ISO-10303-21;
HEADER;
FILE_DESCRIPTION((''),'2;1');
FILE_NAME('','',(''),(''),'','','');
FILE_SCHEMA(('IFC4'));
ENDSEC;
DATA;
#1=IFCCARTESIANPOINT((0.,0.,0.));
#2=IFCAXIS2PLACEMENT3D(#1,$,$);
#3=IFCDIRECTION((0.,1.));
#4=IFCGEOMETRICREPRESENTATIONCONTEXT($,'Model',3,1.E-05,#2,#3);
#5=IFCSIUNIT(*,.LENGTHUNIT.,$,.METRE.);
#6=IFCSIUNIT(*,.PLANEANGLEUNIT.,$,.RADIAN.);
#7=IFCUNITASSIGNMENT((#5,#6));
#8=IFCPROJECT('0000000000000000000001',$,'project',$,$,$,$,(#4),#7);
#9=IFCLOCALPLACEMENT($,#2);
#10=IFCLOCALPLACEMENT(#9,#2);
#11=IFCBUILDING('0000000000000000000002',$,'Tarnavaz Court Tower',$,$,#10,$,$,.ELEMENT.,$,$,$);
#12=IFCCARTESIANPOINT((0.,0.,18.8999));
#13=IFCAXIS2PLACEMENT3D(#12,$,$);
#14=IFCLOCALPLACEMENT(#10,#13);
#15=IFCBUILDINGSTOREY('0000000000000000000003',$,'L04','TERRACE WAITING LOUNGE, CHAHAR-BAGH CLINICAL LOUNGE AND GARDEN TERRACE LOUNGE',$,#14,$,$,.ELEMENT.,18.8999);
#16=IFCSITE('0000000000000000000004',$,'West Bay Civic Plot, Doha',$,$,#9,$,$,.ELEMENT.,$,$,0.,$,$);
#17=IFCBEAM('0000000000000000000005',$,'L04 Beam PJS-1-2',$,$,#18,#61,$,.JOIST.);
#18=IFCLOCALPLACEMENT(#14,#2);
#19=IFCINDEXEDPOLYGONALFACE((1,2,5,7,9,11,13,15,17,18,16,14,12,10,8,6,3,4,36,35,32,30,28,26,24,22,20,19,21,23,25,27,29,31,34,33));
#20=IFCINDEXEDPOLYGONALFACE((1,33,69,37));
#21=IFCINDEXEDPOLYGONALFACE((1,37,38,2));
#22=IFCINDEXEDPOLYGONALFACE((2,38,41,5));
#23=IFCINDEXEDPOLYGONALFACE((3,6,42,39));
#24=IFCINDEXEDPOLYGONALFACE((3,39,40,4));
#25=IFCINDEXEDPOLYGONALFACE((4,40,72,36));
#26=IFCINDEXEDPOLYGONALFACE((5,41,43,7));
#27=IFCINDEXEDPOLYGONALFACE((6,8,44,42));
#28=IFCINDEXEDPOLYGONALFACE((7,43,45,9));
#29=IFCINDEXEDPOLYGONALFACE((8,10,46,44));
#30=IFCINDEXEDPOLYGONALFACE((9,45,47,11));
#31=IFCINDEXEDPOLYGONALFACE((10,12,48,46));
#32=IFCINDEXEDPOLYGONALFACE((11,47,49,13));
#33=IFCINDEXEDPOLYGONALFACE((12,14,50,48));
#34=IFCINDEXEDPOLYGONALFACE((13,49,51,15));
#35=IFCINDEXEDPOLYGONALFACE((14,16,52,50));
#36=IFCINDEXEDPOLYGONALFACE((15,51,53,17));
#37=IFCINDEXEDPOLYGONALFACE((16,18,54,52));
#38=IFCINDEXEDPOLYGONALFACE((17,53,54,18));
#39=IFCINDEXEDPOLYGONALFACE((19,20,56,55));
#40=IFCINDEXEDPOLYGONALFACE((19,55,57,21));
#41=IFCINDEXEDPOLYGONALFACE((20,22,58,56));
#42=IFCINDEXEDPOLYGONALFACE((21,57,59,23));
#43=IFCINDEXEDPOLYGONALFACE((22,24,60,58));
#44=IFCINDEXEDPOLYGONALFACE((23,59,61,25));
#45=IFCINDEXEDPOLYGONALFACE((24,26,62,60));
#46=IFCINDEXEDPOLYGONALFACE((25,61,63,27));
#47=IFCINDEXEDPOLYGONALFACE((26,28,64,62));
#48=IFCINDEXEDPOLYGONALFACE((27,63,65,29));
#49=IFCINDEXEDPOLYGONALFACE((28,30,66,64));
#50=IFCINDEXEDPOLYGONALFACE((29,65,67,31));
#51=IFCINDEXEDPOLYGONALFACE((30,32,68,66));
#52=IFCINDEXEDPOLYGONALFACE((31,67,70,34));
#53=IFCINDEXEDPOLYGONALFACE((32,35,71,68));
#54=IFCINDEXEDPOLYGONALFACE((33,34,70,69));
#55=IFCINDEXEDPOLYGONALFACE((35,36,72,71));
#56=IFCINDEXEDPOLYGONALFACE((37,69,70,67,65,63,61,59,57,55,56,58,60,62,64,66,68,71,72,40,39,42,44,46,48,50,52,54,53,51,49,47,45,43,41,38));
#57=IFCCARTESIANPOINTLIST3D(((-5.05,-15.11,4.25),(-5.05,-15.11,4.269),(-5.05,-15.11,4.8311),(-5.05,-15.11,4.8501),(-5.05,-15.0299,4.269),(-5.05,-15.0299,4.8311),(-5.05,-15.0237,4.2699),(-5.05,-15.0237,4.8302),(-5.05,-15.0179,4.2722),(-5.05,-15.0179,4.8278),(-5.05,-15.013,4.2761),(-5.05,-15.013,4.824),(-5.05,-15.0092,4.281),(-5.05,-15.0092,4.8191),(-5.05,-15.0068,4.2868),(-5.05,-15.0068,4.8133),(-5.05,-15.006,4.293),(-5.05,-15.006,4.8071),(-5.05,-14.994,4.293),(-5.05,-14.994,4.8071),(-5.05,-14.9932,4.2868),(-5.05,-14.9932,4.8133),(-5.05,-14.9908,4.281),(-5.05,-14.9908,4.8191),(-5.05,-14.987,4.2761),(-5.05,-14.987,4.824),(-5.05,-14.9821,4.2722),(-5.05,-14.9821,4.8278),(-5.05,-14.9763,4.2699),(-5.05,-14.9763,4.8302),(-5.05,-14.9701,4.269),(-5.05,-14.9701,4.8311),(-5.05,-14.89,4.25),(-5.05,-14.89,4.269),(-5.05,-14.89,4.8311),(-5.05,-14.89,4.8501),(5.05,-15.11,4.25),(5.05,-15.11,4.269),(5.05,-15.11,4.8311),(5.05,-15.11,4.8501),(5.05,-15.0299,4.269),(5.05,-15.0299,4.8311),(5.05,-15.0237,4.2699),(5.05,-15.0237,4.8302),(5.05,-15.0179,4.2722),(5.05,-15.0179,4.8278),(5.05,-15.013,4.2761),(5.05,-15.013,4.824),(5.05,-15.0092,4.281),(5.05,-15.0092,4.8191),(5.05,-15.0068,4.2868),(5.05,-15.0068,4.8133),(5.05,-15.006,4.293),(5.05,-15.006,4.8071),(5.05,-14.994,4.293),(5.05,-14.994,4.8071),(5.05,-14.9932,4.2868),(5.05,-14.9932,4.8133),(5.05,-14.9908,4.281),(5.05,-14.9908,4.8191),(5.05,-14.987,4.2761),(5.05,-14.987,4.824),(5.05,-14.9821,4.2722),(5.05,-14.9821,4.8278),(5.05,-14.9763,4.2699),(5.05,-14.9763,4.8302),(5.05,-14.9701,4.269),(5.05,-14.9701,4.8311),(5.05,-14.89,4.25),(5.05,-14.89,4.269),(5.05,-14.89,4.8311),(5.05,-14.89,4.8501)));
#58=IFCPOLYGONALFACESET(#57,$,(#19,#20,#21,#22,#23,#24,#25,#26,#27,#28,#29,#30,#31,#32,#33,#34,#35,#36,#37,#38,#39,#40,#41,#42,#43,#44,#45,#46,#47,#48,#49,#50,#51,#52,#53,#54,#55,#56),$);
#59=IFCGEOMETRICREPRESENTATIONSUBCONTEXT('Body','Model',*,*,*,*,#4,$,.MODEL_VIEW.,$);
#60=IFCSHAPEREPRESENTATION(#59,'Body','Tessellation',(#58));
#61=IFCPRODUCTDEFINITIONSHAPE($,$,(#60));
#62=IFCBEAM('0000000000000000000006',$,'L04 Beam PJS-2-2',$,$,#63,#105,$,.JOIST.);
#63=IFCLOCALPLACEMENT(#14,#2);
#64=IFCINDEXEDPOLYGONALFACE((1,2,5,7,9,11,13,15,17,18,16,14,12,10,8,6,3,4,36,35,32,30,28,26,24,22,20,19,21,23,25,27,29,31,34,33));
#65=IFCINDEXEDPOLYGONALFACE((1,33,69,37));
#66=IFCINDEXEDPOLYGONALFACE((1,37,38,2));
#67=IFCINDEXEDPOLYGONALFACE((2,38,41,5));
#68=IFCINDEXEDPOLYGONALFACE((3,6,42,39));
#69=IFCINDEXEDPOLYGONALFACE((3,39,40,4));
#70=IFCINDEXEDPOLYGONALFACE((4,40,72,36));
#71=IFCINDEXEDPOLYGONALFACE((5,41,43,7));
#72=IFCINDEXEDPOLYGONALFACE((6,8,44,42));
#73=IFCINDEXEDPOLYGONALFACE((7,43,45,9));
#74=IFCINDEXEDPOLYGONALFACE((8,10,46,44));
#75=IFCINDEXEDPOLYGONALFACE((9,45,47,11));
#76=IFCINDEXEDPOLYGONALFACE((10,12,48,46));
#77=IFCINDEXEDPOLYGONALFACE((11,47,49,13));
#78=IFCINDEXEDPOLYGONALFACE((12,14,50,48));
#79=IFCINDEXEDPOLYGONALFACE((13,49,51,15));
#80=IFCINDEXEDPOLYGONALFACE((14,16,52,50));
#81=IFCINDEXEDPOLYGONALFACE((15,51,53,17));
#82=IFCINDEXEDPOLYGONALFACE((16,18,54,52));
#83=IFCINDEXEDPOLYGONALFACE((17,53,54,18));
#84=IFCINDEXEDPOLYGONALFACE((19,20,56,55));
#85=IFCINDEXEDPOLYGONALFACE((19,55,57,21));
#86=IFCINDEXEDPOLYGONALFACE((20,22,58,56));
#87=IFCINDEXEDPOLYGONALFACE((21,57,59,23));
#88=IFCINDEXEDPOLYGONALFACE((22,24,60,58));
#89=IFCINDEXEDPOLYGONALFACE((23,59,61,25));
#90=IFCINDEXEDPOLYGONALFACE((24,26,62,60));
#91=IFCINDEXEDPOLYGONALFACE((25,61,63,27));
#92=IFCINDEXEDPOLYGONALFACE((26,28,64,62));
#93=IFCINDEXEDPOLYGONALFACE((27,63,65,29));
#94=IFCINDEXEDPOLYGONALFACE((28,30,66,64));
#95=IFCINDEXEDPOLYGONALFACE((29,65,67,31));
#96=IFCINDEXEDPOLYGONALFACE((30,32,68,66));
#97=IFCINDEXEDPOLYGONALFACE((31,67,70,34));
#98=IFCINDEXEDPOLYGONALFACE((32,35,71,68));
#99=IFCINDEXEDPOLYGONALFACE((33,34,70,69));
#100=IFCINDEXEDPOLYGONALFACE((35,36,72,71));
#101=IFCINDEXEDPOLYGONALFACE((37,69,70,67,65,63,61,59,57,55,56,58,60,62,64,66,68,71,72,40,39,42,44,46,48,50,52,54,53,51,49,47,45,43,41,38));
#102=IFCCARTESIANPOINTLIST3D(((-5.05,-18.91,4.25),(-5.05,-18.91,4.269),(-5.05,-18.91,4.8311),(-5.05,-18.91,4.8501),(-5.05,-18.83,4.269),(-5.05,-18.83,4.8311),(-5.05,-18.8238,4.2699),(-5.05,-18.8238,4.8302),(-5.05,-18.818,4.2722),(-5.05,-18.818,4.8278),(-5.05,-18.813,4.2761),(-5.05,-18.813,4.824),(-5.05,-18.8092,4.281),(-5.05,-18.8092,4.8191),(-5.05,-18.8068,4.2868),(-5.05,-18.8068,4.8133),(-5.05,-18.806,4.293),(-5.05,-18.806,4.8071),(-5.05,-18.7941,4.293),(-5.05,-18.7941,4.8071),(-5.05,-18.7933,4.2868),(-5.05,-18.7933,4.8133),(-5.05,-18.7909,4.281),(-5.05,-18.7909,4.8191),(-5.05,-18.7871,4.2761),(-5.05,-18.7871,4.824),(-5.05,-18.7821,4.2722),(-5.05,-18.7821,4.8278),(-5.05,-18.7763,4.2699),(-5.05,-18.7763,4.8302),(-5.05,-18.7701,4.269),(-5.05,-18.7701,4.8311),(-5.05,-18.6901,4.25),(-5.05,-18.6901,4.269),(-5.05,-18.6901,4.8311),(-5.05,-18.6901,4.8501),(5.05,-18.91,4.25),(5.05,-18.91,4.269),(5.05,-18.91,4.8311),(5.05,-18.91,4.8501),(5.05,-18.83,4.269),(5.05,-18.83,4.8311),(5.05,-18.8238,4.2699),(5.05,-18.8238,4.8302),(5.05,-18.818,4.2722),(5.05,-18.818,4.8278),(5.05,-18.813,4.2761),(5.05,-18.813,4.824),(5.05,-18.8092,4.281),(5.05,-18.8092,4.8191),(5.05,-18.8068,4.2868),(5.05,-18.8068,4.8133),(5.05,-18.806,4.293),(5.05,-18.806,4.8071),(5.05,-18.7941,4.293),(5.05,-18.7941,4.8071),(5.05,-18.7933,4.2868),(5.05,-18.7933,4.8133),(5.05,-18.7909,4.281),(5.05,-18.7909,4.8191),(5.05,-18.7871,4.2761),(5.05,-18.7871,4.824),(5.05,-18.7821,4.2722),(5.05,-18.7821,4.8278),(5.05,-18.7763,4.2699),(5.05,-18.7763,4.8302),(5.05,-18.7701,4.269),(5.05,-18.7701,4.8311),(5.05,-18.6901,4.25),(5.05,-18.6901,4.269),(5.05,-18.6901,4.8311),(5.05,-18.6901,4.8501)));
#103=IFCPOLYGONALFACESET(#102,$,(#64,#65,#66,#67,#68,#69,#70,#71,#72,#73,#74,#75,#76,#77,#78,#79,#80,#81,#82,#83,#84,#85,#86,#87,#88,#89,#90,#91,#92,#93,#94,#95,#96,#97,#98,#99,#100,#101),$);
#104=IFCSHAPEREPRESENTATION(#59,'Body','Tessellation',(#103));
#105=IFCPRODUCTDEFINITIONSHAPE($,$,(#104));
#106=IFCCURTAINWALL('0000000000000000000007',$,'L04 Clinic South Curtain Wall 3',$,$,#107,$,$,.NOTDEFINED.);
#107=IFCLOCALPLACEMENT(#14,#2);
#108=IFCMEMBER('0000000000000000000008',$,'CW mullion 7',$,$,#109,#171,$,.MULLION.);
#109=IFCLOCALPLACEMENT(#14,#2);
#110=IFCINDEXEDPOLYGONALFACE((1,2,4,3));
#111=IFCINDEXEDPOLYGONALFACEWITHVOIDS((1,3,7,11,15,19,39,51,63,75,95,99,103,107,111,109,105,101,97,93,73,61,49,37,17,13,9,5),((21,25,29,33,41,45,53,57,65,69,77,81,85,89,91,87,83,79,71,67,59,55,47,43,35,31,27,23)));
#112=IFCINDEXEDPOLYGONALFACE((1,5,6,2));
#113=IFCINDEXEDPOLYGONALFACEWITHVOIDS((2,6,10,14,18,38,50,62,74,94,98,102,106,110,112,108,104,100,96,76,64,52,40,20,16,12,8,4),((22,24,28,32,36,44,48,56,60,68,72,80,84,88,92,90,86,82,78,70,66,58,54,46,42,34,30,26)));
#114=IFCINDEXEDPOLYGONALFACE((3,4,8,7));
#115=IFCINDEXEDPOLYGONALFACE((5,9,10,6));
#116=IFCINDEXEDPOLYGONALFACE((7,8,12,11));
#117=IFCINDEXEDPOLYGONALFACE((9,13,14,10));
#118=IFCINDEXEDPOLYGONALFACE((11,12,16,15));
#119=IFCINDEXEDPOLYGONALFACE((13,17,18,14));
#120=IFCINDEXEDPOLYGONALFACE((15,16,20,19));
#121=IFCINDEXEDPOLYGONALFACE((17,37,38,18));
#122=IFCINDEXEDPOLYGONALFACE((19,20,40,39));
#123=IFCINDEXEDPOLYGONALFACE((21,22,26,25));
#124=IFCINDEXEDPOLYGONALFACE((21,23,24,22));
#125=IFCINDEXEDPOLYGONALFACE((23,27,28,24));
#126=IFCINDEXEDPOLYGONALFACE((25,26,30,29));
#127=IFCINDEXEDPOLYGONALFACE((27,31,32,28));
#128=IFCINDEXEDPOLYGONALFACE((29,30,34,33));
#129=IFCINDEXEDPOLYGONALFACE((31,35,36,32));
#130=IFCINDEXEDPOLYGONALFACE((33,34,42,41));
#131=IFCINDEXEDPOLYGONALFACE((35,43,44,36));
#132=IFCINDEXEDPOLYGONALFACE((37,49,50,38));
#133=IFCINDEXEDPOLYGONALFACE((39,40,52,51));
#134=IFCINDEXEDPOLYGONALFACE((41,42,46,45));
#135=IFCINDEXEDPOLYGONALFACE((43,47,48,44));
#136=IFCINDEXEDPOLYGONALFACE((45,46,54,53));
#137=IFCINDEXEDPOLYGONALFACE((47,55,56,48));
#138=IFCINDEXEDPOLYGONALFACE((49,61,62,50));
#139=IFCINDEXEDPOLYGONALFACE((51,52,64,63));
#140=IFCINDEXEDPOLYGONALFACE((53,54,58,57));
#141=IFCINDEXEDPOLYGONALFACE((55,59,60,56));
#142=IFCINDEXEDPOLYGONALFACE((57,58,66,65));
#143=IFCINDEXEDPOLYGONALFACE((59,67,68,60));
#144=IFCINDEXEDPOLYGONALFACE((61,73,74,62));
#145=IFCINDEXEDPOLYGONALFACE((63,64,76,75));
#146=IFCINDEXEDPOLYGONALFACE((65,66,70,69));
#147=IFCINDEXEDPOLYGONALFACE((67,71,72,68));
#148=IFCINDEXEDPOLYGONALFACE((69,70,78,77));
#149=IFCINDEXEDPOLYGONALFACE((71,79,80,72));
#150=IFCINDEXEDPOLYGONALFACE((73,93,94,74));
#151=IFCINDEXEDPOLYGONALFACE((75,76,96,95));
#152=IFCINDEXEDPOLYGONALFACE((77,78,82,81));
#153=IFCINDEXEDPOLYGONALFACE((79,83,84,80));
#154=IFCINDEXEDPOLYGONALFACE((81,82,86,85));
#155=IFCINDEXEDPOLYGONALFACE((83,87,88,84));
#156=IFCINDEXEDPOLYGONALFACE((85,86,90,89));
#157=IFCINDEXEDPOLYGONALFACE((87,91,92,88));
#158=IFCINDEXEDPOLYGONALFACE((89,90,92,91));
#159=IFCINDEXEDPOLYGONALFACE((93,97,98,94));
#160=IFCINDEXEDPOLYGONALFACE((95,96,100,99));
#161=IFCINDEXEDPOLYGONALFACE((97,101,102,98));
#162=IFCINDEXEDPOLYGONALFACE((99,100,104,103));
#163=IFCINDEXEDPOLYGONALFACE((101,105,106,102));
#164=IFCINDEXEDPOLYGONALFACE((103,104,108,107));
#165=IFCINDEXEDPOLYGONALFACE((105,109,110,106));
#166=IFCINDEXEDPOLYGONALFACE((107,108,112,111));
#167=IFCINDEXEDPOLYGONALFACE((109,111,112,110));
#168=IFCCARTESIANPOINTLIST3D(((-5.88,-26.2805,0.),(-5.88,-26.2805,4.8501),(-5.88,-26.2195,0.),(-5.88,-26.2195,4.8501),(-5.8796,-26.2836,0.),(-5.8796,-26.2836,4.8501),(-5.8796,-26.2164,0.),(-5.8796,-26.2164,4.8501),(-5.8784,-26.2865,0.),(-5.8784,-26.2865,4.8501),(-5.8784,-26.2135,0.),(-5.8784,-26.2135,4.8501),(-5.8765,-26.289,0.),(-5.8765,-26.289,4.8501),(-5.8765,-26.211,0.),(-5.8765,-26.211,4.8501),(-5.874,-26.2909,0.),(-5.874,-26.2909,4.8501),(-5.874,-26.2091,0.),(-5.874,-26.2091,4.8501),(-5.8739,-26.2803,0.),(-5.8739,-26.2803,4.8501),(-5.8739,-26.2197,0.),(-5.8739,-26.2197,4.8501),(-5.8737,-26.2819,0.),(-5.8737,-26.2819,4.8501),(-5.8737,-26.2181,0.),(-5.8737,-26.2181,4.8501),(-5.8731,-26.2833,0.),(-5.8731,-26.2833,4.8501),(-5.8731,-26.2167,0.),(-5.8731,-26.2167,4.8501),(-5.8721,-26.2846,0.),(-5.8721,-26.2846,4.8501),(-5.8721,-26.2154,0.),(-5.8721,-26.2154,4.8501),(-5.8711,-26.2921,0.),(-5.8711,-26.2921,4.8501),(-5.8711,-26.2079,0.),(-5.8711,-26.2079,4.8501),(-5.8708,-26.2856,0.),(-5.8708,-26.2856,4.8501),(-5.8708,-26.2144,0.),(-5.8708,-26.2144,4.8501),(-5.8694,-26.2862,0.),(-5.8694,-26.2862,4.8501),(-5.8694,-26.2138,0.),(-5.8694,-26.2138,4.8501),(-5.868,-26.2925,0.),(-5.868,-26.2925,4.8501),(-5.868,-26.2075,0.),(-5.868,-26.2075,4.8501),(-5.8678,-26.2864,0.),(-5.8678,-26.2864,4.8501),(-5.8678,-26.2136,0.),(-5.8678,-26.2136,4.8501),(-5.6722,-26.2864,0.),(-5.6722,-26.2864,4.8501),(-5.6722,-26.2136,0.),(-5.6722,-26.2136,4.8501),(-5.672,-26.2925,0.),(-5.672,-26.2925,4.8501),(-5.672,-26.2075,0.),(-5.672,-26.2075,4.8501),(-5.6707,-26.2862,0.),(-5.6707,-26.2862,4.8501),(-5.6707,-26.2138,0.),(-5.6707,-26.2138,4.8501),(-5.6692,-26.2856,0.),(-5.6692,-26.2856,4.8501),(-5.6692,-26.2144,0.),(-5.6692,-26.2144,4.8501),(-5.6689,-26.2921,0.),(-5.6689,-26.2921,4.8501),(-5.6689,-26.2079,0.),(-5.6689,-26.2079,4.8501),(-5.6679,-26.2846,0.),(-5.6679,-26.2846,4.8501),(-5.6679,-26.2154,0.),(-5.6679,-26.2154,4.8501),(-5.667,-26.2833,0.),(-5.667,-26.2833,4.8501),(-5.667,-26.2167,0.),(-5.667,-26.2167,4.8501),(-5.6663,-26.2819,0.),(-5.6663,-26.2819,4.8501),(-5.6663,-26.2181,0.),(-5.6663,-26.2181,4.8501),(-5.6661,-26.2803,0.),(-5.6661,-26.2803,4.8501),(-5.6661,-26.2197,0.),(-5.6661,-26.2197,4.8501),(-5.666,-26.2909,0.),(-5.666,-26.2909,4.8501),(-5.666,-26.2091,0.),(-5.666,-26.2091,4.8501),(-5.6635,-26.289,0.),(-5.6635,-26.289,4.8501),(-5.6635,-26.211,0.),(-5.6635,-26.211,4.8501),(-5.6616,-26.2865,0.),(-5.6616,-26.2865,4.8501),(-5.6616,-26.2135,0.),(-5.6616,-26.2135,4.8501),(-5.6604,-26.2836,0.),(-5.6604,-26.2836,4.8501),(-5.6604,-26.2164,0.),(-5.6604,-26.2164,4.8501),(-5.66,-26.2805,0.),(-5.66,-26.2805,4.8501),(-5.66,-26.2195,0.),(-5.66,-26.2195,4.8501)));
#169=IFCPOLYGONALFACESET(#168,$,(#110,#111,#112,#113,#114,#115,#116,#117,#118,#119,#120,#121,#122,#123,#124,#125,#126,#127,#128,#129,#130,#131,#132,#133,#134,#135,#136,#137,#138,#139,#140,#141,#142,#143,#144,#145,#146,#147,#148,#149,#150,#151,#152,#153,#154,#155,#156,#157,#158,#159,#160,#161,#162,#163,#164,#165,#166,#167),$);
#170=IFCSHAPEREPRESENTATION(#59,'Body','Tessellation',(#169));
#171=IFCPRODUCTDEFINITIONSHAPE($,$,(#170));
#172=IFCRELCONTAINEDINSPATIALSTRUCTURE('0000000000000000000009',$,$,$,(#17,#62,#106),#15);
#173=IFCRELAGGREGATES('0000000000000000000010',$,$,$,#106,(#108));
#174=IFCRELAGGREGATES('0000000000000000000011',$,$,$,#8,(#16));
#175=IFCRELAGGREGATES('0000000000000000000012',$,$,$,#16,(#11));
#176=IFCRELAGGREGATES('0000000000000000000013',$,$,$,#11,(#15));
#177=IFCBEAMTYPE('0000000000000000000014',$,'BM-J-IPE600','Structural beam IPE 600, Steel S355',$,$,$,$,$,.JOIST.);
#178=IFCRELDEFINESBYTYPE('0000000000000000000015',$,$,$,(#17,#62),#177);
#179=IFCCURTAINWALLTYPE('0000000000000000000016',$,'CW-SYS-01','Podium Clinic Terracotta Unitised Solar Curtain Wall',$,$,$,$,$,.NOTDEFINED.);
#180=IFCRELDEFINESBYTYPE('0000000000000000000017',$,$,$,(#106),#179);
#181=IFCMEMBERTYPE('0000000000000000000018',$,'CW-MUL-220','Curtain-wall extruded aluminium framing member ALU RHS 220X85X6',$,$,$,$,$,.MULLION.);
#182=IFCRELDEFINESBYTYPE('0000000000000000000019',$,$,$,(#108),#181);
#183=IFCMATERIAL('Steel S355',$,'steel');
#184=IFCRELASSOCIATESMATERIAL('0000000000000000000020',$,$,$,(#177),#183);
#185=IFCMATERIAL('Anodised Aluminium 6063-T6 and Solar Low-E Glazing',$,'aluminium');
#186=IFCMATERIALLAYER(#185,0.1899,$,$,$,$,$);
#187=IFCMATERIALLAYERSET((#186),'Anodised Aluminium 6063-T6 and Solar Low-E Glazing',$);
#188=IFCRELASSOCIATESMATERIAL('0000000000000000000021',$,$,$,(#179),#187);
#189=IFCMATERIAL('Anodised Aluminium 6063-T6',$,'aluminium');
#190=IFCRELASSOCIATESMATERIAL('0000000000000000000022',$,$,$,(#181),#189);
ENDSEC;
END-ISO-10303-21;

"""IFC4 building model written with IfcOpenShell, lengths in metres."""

from ifc_helpers import new_model, si_unit, direction, frame, origin, origin_2d, place, context, subcontext, project, spatial, hollow_rectangle, i_section, extrude, material, layer, layer_set, material_profile, profile_set, type_object, element, aggregate, save


model = new_model("IFC4")

# Units and contexts
model_context = context("Model", 3, precision=1e-05, world=origin(), true_north=direction((0.0, 1.0)))
body_context = subcontext(model_context, "Body", "Model", "MODEL_VIEW")
ifc_project = project(units=[si_unit("LENGTHUNIT", "METRE"), si_unit("PLANEANGLEUNIT", "RADIAN")], contexts=[model_context])

# Site, building, storey
site_placement = place(None, origin())
site = spatial("IfcSite", under=ifc_project, at=site_placement, Name="West Bay Civic Plot, Doha", CompositionType="ELEMENT", RefElevation=0.0)
building_placement = place(site_placement, origin())
building = spatial("IfcBuilding", under=site, at=building_placement, Name="Tarnavaz Court Tower", CompositionType="ELEMENT")
storey_placement = place(building_placement, frame((0.0, 0.0, 18.8999)))
storey = spatial("IfcBuildingStorey", under=building, at=storey_placement, Name="L04", Description="TERRACE WAITING LOUNGE, CHAHAR-BAGH CLINICAL LOUNGE AND GARDEN TERRACE LOUNGE", CompositionType="ELEMENT", Elevation=18.8999)

# Beams
ifc_material_1 = material(Name="Steel S355", Category="steel")
ifc_material_profile_1 = material_profile(ifc_material_1, i_section(OverallWidth=0.22, OverallDepth=0.6001, WebThickness=0.012, FlangeThickness=0.019, FilletRadius=0.0239, at=origin_2d()), Name="IPE 600")
ifc_profile_set_1 = profile_set([ifc_material_profile_1], Name="Steel S355")
beam_type = type_object("IfcBeamType", Name="BM-J-IPE600", Description="Structural beam IPE 600, Steel S355", PredefinedType="JOIST", material=ifc_profile_set_1)
for number, where, z_axis, x_axis, name in (
    (1, (-5.05, -15.0, 4.55), (1.0, 0.0, 0.0), (0.0, 1.0, 0.0), "L04 Beam PJS-1-2"),
    (2, (-5.05, -18.8, 4.55), (1.0, 0.0, 0.0), (0.0, 1.0, 0.0), "L04 Beam PJS-2-2"),
):
    element("IfcBeam", number, at=place(storey_placement, frame(where, z_axis=z_axis, x_axis=x_axis)), inside=storey, type_object=beam_type, Name=name, PredefinedType="JOIST", context=body_context, shape_type="SweptSolid", body=[
        extrude(i_section(OverallWidth=0.22, OverallDepth=0.6001, WebThickness=0.012, FlangeThickness=0.019, FilletRadius=0.0239, at=origin_2d()), origin(), (0.0, 0.0, 1.0), 10.1001),
    ])

# Curtain wall, member
ifc_material_2 = material(Name="Anodised Aluminium 6063-T6 and Solar Low-E Glazing", Category="aluminium")
ifc_layer_1 = layer(ifc_material_2, 0.1899)
ifc_layer_set_1 = layer_set([ifc_layer_1], Name="Anodised Aluminium 6063-T6 and Solar Low-E Glazing")
curtain_wall_type = type_object("IfcCurtainWallType", Name="CW-SYS-01", Description="Podium Clinic Terracotta Unitised Solar Curtain Wall", PredefinedType="NOTDEFINED", material=ifc_layer_set_1)
curtain_wall_placement = place(storey_placement, origin())
curtain_wall = element("IfcCurtainWall", 3, at=curtain_wall_placement, inside=storey, type_object=curtain_wall_type, Name="L04 Clinic South Curtain Wall 3", PredefinedType="NOTDEFINED")
ifc_material_3 = material(Name="Anodised Aluminium 6063-T6", Category="aluminium")
ifc_material_profile_2 = material_profile(ifc_material_3, hollow_rectangle(XDim=0.085, YDim=0.22, WallThickness=0.0061, InnerFilletRadius=0.0061, OuterFilletRadius=0.012, at=origin_2d()), Name="ALU RHS 220X85X6")
ifc_profile_set_2 = profile_set([ifc_material_profile_2], Name="Anodised Aluminium 6063-T6")
member_type_1 = type_object("IfcMemberType", Name="CW-MUL-220", Description="Curtain-wall extruded aluminium framing member ALU RHS 220X85X6", PredefinedType="MULLION", material=ifc_profile_set_2)
member_1_placement = place(storey_placement, frame((-5.77, -26.25, 0.0), z_axis=(0.0, 0.0, 1.0), x_axis=(0.0, -1.0, 0.0)))
member_1 = element("IfcMember", 4, at=member_1_placement, type_object=member_type_1, Name="CW mullion 7", PredefinedType="MULLION", context=body_context, shape_type="SweptSolid", body=[
    extrude(hollow_rectangle(XDim=0.085, YDim=0.22, WallThickness=0.0061, InnerFilletRadius=0.0061, OuterFilletRadius=0.012, at=origin_2d()), origin(), (0.0, 0.0, 1.0), 4.8501),
])
aggregate(curtain_wall, [member_1])

save(model, "model.ifc")
